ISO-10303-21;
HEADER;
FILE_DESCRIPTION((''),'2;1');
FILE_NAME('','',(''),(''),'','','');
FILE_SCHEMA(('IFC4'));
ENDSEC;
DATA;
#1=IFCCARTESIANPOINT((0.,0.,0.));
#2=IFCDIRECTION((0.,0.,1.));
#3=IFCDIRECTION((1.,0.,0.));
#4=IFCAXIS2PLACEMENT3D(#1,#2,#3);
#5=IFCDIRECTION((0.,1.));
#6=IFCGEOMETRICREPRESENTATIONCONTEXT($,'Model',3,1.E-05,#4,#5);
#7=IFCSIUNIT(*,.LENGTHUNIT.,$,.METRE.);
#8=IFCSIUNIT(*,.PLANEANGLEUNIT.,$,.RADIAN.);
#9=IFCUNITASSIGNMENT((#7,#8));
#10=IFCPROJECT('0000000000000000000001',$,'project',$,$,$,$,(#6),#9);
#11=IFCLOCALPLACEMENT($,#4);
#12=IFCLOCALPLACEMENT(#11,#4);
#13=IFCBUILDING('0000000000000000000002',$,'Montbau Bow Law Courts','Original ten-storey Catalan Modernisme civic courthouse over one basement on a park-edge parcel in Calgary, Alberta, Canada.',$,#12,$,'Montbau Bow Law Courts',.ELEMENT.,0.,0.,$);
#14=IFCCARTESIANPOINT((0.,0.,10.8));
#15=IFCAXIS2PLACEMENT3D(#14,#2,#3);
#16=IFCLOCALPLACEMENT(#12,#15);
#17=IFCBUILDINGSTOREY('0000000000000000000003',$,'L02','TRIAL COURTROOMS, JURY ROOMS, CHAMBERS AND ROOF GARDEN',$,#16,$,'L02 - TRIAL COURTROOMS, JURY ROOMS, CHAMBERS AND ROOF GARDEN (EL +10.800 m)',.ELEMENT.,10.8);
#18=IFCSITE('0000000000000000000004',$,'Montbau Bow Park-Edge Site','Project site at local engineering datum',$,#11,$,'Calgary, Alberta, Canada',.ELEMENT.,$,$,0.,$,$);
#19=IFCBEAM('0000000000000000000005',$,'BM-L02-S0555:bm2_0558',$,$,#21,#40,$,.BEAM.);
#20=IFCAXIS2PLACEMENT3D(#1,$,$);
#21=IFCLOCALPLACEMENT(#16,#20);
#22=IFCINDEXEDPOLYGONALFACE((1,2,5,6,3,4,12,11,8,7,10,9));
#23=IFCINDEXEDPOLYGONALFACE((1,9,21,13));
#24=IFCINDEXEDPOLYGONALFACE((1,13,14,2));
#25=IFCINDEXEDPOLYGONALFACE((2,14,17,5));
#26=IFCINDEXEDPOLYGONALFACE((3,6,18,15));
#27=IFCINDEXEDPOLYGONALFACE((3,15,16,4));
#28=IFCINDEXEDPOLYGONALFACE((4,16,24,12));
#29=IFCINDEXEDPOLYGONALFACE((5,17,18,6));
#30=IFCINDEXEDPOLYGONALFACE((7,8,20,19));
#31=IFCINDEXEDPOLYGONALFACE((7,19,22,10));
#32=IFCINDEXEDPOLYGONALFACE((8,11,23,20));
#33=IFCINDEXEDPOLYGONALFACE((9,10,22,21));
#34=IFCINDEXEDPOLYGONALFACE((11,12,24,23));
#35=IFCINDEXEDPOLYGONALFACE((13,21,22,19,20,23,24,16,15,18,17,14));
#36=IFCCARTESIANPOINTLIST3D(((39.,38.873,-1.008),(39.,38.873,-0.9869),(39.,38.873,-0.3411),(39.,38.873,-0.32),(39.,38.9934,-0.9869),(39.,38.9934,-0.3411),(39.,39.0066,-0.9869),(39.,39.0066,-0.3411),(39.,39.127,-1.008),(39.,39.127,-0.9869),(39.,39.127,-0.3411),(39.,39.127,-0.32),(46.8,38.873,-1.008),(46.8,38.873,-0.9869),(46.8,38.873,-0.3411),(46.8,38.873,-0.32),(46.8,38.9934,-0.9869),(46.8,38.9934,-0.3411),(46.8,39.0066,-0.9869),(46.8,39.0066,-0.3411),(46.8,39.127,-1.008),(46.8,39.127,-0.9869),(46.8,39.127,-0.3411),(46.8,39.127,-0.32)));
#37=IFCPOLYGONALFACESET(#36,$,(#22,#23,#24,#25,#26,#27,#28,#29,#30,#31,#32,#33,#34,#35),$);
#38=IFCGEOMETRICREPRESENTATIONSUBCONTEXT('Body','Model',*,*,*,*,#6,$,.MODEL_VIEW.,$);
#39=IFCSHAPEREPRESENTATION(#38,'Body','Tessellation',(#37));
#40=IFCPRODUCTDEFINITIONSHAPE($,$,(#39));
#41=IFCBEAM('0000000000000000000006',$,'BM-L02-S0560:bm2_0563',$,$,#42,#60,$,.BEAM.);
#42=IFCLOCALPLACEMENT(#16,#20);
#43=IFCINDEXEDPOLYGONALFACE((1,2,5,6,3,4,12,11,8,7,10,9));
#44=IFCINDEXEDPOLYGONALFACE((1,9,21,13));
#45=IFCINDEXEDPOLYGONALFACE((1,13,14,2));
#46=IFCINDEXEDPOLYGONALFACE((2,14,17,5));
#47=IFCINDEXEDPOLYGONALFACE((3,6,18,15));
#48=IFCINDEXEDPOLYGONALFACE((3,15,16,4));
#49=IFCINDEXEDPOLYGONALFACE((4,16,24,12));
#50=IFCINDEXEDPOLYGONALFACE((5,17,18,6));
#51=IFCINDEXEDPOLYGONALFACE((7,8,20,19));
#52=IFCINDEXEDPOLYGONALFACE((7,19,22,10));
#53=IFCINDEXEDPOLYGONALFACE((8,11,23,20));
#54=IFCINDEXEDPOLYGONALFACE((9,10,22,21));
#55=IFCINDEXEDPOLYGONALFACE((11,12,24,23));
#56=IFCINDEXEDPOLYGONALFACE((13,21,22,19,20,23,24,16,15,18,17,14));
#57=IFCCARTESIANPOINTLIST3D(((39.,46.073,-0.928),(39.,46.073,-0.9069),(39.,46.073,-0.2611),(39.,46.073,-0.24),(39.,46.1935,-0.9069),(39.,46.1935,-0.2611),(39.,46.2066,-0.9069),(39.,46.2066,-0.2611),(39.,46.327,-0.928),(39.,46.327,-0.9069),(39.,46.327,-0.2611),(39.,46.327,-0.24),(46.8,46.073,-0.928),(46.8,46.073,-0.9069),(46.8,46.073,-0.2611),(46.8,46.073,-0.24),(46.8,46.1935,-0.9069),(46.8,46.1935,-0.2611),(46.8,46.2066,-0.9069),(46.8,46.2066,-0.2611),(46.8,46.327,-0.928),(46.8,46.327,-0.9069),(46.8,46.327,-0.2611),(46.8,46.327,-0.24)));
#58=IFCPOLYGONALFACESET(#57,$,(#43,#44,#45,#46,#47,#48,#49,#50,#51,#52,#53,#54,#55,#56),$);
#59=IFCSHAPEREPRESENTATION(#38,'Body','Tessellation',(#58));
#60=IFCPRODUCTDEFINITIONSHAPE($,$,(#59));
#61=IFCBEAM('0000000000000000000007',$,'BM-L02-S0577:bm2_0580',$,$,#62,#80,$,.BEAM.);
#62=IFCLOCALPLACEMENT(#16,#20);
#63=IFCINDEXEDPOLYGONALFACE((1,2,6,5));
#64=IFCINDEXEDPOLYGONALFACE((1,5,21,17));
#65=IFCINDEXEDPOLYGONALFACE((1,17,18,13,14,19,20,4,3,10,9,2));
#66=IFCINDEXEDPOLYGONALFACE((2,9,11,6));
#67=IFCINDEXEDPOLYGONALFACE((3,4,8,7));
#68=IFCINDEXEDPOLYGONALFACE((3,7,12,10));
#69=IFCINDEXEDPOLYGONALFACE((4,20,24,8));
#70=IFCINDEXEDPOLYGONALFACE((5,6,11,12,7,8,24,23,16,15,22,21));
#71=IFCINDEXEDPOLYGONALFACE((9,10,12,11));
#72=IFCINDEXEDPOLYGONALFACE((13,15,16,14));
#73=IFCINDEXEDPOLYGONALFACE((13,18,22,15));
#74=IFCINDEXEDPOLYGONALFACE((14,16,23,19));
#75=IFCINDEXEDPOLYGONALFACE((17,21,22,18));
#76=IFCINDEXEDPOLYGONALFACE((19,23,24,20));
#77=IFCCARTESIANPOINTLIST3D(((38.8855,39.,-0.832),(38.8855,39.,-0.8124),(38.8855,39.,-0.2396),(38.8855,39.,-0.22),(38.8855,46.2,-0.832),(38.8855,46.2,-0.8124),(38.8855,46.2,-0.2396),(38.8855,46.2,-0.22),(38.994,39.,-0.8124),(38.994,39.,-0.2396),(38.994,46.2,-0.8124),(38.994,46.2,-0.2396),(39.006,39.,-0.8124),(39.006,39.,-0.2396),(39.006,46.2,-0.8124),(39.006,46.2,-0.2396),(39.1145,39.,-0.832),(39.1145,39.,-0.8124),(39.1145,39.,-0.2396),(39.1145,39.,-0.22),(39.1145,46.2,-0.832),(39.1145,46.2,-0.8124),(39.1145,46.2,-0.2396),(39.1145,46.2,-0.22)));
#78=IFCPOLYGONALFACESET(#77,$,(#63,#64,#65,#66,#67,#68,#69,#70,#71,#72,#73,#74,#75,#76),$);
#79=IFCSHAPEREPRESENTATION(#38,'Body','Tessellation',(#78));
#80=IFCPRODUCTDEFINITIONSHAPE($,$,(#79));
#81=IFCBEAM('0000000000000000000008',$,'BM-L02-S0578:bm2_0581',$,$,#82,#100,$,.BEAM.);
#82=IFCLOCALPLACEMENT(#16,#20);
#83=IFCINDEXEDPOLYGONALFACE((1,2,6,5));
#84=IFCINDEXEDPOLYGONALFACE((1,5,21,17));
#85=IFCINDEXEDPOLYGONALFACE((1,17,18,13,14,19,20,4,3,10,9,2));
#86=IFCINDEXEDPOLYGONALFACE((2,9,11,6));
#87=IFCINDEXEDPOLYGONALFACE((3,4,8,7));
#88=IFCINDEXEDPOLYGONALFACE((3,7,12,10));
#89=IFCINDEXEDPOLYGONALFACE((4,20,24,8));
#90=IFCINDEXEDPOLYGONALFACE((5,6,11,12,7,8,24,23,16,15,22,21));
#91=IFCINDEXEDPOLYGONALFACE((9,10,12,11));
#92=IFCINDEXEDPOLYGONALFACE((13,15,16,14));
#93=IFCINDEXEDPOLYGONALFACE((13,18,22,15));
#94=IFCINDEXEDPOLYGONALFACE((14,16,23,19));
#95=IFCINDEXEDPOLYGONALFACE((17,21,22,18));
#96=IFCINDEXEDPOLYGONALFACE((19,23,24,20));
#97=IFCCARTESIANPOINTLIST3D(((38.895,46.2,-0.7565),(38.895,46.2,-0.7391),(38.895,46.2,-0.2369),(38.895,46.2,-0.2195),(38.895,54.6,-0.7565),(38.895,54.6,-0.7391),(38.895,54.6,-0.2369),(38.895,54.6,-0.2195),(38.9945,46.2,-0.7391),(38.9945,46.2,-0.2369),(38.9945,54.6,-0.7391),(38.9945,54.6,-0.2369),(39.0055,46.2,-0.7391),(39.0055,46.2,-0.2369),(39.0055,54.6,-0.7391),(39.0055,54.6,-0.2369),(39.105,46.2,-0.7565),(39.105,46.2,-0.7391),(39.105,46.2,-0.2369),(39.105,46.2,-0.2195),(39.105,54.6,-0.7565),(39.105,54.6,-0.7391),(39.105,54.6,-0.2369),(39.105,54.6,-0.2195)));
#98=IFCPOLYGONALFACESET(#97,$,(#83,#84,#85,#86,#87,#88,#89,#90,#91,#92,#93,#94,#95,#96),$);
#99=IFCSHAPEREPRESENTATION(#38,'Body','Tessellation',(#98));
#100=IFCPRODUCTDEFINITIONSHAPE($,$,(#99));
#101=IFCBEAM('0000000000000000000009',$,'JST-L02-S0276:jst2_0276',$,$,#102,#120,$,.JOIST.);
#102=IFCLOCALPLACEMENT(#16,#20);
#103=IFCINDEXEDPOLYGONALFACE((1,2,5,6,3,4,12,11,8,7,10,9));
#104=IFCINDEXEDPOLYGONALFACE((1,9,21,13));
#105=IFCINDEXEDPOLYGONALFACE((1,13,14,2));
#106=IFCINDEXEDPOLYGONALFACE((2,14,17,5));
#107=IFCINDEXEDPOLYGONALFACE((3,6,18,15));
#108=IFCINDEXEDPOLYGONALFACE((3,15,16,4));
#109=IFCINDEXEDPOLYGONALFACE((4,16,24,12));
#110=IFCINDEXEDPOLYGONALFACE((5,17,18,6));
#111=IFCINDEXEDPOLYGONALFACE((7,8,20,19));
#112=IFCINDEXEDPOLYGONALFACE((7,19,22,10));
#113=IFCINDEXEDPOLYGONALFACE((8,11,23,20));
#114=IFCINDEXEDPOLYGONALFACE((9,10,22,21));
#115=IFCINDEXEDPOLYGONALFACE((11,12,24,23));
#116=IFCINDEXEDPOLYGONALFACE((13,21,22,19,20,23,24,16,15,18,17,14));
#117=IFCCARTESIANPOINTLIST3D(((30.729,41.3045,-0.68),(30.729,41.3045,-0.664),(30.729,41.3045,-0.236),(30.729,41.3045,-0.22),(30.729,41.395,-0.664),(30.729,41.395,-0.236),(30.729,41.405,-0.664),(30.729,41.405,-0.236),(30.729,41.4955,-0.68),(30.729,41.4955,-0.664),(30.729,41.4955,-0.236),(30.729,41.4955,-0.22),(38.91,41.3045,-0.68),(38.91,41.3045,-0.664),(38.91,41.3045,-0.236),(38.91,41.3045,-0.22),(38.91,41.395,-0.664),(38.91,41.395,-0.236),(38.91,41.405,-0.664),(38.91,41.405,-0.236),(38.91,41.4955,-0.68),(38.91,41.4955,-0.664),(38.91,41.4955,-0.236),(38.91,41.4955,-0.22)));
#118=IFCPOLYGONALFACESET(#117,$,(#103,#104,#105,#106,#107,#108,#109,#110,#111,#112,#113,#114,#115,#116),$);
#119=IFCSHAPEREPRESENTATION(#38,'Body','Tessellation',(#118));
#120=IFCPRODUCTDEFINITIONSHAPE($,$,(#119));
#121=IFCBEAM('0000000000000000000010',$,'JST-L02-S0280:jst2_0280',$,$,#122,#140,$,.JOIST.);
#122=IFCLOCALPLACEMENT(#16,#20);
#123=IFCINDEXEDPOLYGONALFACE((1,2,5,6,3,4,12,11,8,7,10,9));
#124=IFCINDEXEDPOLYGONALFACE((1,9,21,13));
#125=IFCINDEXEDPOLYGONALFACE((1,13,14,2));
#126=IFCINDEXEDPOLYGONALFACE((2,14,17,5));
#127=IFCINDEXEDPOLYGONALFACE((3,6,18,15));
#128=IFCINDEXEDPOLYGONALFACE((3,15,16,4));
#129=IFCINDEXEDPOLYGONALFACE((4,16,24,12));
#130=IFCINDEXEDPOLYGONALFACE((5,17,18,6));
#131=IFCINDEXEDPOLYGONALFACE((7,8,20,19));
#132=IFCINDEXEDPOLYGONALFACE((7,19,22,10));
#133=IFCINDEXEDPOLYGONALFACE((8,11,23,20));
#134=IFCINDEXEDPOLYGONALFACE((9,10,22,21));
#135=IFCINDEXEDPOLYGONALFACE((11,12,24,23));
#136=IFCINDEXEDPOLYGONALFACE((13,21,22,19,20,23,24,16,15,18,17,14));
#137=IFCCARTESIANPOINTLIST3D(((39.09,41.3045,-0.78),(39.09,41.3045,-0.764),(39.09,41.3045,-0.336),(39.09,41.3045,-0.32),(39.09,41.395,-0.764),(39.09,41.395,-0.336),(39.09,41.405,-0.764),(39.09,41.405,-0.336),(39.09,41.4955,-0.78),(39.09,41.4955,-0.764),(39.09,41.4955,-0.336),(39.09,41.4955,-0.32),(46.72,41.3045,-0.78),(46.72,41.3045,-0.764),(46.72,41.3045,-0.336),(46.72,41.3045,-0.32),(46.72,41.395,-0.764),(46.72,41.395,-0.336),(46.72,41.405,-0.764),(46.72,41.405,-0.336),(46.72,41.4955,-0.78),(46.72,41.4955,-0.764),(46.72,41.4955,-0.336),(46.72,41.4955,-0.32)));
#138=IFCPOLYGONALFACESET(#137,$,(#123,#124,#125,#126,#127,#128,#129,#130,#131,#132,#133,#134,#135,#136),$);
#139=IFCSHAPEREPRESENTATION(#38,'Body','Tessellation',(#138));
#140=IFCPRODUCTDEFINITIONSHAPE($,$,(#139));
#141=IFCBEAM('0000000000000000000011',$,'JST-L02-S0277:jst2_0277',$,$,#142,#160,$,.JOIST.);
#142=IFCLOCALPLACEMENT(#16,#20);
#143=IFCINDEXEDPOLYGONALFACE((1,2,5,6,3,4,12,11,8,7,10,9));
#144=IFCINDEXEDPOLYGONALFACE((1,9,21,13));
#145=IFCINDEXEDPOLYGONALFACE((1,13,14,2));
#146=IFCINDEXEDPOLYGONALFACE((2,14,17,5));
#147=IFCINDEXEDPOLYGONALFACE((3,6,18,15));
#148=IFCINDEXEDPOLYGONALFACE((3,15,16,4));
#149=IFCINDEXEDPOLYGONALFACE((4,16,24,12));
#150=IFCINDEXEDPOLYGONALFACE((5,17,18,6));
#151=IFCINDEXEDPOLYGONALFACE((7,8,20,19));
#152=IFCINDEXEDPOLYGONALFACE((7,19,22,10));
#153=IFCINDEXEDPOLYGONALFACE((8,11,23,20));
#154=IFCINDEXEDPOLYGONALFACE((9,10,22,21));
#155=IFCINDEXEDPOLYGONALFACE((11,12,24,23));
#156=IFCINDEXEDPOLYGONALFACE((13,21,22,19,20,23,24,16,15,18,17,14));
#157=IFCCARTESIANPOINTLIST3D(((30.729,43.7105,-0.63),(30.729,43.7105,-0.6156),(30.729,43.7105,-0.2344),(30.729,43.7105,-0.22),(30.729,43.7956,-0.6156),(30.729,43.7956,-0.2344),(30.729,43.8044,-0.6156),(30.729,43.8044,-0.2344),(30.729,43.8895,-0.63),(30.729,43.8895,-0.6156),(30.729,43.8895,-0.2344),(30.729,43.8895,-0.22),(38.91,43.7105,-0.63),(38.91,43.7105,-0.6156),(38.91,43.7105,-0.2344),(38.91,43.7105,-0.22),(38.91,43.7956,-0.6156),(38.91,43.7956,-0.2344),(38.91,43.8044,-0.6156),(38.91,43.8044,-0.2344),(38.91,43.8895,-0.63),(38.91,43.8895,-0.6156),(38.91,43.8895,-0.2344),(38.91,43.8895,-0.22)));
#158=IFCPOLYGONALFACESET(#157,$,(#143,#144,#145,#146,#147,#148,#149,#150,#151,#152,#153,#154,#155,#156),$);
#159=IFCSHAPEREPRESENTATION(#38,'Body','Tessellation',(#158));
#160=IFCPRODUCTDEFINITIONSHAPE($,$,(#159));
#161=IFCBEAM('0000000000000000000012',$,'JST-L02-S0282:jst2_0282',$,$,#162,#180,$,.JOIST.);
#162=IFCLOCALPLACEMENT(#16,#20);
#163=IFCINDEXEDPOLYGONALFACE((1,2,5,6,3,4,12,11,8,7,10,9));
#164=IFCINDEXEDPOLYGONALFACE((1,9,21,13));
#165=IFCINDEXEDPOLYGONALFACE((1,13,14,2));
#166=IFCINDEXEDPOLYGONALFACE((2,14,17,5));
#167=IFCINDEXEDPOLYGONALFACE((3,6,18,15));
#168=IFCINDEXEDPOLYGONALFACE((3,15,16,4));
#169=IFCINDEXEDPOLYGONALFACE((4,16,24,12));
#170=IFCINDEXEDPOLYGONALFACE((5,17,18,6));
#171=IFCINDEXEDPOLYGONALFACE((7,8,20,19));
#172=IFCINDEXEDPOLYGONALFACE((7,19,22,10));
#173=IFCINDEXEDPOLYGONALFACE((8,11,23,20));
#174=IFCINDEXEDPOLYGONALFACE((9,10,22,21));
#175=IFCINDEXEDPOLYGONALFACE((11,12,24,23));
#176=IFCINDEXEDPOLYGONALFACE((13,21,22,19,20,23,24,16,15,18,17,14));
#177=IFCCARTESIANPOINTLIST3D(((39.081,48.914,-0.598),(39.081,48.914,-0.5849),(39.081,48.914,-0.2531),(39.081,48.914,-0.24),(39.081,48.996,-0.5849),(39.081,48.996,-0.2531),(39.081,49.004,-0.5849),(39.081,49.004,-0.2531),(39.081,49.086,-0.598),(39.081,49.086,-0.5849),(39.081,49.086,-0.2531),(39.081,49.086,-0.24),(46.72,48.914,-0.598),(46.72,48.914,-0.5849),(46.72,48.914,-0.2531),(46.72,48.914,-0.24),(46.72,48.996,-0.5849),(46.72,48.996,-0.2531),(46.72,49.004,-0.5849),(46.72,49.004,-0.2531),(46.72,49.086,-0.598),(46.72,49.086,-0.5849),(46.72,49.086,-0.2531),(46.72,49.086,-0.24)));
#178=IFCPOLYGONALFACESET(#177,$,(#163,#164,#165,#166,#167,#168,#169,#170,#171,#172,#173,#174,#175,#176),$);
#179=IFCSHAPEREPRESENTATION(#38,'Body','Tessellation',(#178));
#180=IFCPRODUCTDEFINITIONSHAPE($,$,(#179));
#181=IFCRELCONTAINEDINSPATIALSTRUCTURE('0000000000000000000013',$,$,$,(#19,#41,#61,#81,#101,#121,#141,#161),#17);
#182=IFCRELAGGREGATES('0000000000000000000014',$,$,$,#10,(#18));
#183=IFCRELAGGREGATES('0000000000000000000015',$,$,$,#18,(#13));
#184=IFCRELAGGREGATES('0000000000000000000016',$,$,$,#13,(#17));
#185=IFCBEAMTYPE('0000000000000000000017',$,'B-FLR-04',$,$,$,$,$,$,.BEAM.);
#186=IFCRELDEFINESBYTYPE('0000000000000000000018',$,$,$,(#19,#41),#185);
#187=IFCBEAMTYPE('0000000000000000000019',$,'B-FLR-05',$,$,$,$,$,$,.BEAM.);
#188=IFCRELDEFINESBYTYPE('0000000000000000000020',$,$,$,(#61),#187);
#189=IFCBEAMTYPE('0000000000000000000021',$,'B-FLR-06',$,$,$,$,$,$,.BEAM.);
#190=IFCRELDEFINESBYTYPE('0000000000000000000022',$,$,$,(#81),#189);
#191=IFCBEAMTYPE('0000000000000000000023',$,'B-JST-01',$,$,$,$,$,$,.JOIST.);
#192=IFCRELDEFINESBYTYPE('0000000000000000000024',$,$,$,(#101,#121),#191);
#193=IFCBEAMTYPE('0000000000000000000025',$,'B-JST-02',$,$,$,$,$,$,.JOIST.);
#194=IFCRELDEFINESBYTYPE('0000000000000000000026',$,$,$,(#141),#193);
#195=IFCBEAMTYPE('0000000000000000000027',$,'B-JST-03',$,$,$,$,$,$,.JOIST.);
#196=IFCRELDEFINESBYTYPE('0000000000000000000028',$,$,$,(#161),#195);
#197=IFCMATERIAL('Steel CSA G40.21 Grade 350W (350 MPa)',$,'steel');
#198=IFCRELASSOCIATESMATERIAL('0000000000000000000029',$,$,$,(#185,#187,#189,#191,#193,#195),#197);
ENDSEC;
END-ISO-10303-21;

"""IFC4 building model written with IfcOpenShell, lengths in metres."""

from ifc_helpers import new_model, si_unit, direction, frame, origin_with_axes, origin_2d_with_axis, place, context, subcontext, project, spatial, i_section, extrude, material, material_profile, profile_set, type_object, element, save


model = new_model("IFC4")

# Units and contexts
model_context = context("Model", 3, precision=1e-05, world=origin_with_axes(), true_north=direction((0.0, 1.0)))
body_context = subcontext(model_context, "Body", "Model", "MODEL_VIEW")
ifc_project = project(units=[si_unit("LENGTHUNIT", "METRE"), si_unit("PLANEANGLEUNIT", "RADIAN")], contexts=[model_context])

# Site, building, storey
site_placement = place(None, origin_with_axes())
site = spatial("IfcSite", under=ifc_project, at=site_placement, Name="Montbau Bow Park-Edge Site", Description="Project site at local engineering datum", LongName="Calgary, Alberta, Canada", CompositionType="ELEMENT", RefElevation=0.0)
building_placement = place(site_placement, origin_with_axes())
building = spatial("IfcBuilding", under=site, at=building_placement, Name="Montbau Bow Law Courts", Description="Original ten-storey Catalan Modernisme civic courthouse over one basement on a park-edge parcel in Calgary, Alberta, Canada.", LongName="Montbau Bow Law Courts", CompositionType="ELEMENT", ElevationOfRefHeight=0.0, ElevationOfTerrain=0.0)
storey_placement = place(building_placement, frame((0.0, 0.0, 10.8), z_axis=(0.0, 0.0, 1.0), x_axis=(1.0, 0.0, 0.0)))
storey = spatial("IfcBuildingStorey", under=building, at=storey_placement, Name="L02", Description="TRIAL COURTROOMS, JURY ROOMS, CHAMBERS AND ROOF GARDEN", LongName="L02 - TRIAL COURTROOMS, JURY ROOMS, CHAMBERS AND ROOF GARDEN (EL +10.800 m)", CompositionType="ELEMENT", Elevation=10.8)

# Shared definitions
ifc_material_1 = material(Name="Steel CSA G40.21 Grade 350W (350 MPa)", Category="steel")

# Beams
ifc_material_profile_1 = material_profile(ifc_material_1, i_section(OverallWidth=0.254, OverallDepth=0.688, WebThickness=0.0131, FlangeThickness=0.0211, at=origin_2d_with_axis()), Name="W690X152", Category="Main", Priority=0)
ifc_profile_set_1 = profile_set([ifc_material_profile_1], Name="Steel CSA G40.21 Grade 350W (350 MPa)")
beam_type_1 = type_object("IfcBeamType", Name="B-FLR-04", PredefinedType="BEAM", material=ifc_profile_set_1)
for number, where, z_axis, x_axis, name in (
    (1, (39.0, 39.0, 10.136), (1.0, 0.0, 0.0), (0.0, 1.0, 0.0), "BM-L02-S0555:bm2_0558"),
    (2, (39.0, 46.2, 10.216), (1.0, 0.0, 0.0), (0.0, 1.0, 0.0), "BM-L02-S0560:bm2_0563"),
):
    element("IfcBeam", number, at=place(None, frame(where, z_axis=z_axis, x_axis=x_axis)), inside=storey, type_object=beam_type_1, Name=name, PredefinedType="BEAM", context=body_context, shape_type="SweptSolid", body=[
        extrude(i_section(OverallWidth=0.254, OverallDepth=0.688, WebThickness=0.0131, FlangeThickness=0.0211, at=origin_2d_with_axis()), origin_with_axes(), (0.0, 0.0, 1.0), 7.8),
    ])
ifc_material_profile_2 = material_profile(ifc_material_1, i_section(OverallWidth=0.229, OverallDepth=0.612, WebThickness=0.0119, FlangeThickness=0.0196, at=origin_2d_with_axis()), Name="W610X125", Category="Main", Priority=0)
ifc_profile_set_2 = profile_set([ifc_material_profile_2], Name="Steel CSA G40.21 Grade 350W (350 MPa)")
beam_type_2 = type_object("IfcBeamType", Name="B-FLR-05", PredefinedType="BEAM", material=ifc_profile_set_2)
beam_1_placement = place(None, frame((39.0, 39.0, 10.274), z_axis=(0.0, 1.0, 0.0), x_axis=(-1.0, 0.0, 0.0)))
element("IfcBeam", 3, at=beam_1_placement, inside=storey, type_object=beam_type_2, Name="BM-L02-S0577:bm2_0580", PredefinedType="BEAM", context=body_context, shape_type="SweptSolid", body=[
    extrude(i_section(OverallWidth=0.229, OverallDepth=0.612, WebThickness=0.0119, FlangeThickness=0.0196, at=origin_2d_with_axis()), origin_with_axes(), (0.0, 0.0, 1.0), 7.2),
])
ifc_material_profile_3 = material_profile(ifc_material_1, i_section(OverallWidth=0.21, OverallDepth=0.537, WebThickness=0.0109, FlangeThickness=0.0174, at=origin_2d_with_axis()), Name="W530X101", Category="Main", Priority=0)
ifc_profile_set_3 = profile_set([ifc_material_profile_3], Name="Steel CSA G40.21 Grade 350W (350 MPa)")
beam_type_3 = type_object("IfcBeamType", Name="B-FLR-06", PredefinedType="BEAM", material=ifc_profile_set_3)
beam_2_placement = place(None, frame((39.0, 46.2, 10.312), z_axis=(0.0, 1.0, 0.0), x_axis=(-1.0, 0.0, 0.0)))
element("IfcBeam", 4, at=beam_2_placement, inside=storey, type_object=beam_type_3, Name="BM-L02-S0578:bm2_0581", PredefinedType="BEAM", context=body_context, shape_type="SweptSolid", body=[
    extrude(i_section(OverallWidth=0.21, OverallDepth=0.537, WebThickness=0.0109, FlangeThickness=0.0174, at=origin_2d_with_axis()), origin_with_axes(), (0.0, 0.0, 1.0), 8.4),
])
ifc_material_profile_4 = material_profile(ifc_material_1, i_section(OverallWidth=0.191, OverallDepth=0.46, WebThickness=0.0099, FlangeThickness=0.016, at=origin_2d_with_axis()), Name="W460X82", Category="Main", Priority=0)
ifc_profile_set_4 = profile_set([ifc_material_profile_4], Name="Steel CSA G40.21 Grade 350W (350 MPa)")
beam_type_4 = type_object("IfcBeamType", Name="B-JST-01", PredefinedType="JOIST", material=ifc_profile_set_4)
beam_3_placement = place(None, frame((30.729, 41.4, 10.35), z_axis=(1.0, 0.0, 0.0), x_axis=(0.0, 1.0, 0.0)))
element("IfcBeam", 5, at=beam_3_placement, inside=storey, type_object=beam_type_4, Name="JST-L02-S0276:jst2_0276", PredefinedType="JOIST", context=body_context, shape_type="SweptSolid", body=[
    extrude(i_section(OverallWidth=0.191, OverallDepth=0.46, WebThickness=0.0099, FlangeThickness=0.016, at=origin_2d_with_axis()), origin_with_axes(), (0.0, 0.0, 1.0), 8.181),
])
beam_4_placement = place(None, frame((39.09, 41.4, 10.25), z_axis=(1.0, 0.0, 0.0), x_axis=(0.0, 1.0, 0.0)))
element("IfcBeam", 6, at=beam_4_placement, inside=storey, type_object=beam_type_4, Name="JST-L02-S0280:jst2_0280", PredefinedType="JOIST", context=body_context, shape_type="SweptSolid", body=[
    extrude(i_section(OverallWidth=0.191, OverallDepth=0.46, WebThickness=0.0099, FlangeThickness=0.016, at=origin_2d_with_axis()), origin_with_axes(), (0.0, 0.0, 1.0), 7.63),
])
ifc_material_profile_5 = material_profile(ifc_material_1, i_section(OverallWidth=0.179, OverallDepth=0.41, WebThickness=0.0088, FlangeThickness=0.0144, at=origin_2d_with_axis()), Name="W410X67", Category="Main", Priority=0)
ifc_profile_set_5 = profile_set([ifc_material_profile_5], Name="Steel CSA G40.21 Grade 350W (350 MPa)")
beam_type_5 = type_object("IfcBeamType", Name="B-JST-02", PredefinedType="JOIST", material=ifc_profile_set_5)
beam_5_placement = place(None, frame((30.729, 43.8, 10.375), z_axis=(1.0, 0.0, 0.0), x_axis=(0.0, 1.0, 0.0)))
element("IfcBeam", 7, at=beam_5_placement, inside=storey, type_object=beam_type_5, Name="JST-L02-S0277:jst2_0277", PredefinedType="JOIST", context=body_context, shape_type="SweptSolid", body=[
    extrude(i_section(OverallWidth=0.179, OverallDepth=0.41, WebThickness=0.0088, FlangeThickness=0.0144, at=origin_2d_with_axis()), origin_with_axes(), (0.0, 0.0, 1.0), 8.181),
])
ifc_material_profile_6 = material_profile(ifc_material_1, i_section(OverallWidth=0.172, OverallDepth=0.358, WebThickness=0.0079, FlangeThickness=0.0131, at=origin_2d_with_axis()), Name="W360X57", Category="Main", Priority=0)
ifc_profile_set_6 = profile_set([ifc_material_profile_6], Name="Steel CSA G40.21 Grade 350W (350 MPa)")
beam_type_6 = type_object("IfcBeamType", Name="B-JST-03", PredefinedType="JOIST", material=ifc_profile_set_6)
beam_6_placement = place(None, frame((39.081, 49.0, 10.381), z_axis=(1.0, 0.0, 0.0), x_axis=(0.0, 1.0, 0.0)))
element("IfcBeam", 8, at=beam_6_placement, inside=storey, type_object=beam_type_6, Name="JST-L02-S0282:jst2_0282", PredefinedType="JOIST", context=body_context, shape_type="SweptSolid", body=[
    extrude(i_section(OverallWidth=0.172, OverallDepth=0.358, WebThickness=0.0079, FlangeThickness=0.0131, at=origin_2d_with_axis()), origin_with_axes(), (0.0, 0.0, 1.0), 7.639),
])

save(model, "model.ifc")
